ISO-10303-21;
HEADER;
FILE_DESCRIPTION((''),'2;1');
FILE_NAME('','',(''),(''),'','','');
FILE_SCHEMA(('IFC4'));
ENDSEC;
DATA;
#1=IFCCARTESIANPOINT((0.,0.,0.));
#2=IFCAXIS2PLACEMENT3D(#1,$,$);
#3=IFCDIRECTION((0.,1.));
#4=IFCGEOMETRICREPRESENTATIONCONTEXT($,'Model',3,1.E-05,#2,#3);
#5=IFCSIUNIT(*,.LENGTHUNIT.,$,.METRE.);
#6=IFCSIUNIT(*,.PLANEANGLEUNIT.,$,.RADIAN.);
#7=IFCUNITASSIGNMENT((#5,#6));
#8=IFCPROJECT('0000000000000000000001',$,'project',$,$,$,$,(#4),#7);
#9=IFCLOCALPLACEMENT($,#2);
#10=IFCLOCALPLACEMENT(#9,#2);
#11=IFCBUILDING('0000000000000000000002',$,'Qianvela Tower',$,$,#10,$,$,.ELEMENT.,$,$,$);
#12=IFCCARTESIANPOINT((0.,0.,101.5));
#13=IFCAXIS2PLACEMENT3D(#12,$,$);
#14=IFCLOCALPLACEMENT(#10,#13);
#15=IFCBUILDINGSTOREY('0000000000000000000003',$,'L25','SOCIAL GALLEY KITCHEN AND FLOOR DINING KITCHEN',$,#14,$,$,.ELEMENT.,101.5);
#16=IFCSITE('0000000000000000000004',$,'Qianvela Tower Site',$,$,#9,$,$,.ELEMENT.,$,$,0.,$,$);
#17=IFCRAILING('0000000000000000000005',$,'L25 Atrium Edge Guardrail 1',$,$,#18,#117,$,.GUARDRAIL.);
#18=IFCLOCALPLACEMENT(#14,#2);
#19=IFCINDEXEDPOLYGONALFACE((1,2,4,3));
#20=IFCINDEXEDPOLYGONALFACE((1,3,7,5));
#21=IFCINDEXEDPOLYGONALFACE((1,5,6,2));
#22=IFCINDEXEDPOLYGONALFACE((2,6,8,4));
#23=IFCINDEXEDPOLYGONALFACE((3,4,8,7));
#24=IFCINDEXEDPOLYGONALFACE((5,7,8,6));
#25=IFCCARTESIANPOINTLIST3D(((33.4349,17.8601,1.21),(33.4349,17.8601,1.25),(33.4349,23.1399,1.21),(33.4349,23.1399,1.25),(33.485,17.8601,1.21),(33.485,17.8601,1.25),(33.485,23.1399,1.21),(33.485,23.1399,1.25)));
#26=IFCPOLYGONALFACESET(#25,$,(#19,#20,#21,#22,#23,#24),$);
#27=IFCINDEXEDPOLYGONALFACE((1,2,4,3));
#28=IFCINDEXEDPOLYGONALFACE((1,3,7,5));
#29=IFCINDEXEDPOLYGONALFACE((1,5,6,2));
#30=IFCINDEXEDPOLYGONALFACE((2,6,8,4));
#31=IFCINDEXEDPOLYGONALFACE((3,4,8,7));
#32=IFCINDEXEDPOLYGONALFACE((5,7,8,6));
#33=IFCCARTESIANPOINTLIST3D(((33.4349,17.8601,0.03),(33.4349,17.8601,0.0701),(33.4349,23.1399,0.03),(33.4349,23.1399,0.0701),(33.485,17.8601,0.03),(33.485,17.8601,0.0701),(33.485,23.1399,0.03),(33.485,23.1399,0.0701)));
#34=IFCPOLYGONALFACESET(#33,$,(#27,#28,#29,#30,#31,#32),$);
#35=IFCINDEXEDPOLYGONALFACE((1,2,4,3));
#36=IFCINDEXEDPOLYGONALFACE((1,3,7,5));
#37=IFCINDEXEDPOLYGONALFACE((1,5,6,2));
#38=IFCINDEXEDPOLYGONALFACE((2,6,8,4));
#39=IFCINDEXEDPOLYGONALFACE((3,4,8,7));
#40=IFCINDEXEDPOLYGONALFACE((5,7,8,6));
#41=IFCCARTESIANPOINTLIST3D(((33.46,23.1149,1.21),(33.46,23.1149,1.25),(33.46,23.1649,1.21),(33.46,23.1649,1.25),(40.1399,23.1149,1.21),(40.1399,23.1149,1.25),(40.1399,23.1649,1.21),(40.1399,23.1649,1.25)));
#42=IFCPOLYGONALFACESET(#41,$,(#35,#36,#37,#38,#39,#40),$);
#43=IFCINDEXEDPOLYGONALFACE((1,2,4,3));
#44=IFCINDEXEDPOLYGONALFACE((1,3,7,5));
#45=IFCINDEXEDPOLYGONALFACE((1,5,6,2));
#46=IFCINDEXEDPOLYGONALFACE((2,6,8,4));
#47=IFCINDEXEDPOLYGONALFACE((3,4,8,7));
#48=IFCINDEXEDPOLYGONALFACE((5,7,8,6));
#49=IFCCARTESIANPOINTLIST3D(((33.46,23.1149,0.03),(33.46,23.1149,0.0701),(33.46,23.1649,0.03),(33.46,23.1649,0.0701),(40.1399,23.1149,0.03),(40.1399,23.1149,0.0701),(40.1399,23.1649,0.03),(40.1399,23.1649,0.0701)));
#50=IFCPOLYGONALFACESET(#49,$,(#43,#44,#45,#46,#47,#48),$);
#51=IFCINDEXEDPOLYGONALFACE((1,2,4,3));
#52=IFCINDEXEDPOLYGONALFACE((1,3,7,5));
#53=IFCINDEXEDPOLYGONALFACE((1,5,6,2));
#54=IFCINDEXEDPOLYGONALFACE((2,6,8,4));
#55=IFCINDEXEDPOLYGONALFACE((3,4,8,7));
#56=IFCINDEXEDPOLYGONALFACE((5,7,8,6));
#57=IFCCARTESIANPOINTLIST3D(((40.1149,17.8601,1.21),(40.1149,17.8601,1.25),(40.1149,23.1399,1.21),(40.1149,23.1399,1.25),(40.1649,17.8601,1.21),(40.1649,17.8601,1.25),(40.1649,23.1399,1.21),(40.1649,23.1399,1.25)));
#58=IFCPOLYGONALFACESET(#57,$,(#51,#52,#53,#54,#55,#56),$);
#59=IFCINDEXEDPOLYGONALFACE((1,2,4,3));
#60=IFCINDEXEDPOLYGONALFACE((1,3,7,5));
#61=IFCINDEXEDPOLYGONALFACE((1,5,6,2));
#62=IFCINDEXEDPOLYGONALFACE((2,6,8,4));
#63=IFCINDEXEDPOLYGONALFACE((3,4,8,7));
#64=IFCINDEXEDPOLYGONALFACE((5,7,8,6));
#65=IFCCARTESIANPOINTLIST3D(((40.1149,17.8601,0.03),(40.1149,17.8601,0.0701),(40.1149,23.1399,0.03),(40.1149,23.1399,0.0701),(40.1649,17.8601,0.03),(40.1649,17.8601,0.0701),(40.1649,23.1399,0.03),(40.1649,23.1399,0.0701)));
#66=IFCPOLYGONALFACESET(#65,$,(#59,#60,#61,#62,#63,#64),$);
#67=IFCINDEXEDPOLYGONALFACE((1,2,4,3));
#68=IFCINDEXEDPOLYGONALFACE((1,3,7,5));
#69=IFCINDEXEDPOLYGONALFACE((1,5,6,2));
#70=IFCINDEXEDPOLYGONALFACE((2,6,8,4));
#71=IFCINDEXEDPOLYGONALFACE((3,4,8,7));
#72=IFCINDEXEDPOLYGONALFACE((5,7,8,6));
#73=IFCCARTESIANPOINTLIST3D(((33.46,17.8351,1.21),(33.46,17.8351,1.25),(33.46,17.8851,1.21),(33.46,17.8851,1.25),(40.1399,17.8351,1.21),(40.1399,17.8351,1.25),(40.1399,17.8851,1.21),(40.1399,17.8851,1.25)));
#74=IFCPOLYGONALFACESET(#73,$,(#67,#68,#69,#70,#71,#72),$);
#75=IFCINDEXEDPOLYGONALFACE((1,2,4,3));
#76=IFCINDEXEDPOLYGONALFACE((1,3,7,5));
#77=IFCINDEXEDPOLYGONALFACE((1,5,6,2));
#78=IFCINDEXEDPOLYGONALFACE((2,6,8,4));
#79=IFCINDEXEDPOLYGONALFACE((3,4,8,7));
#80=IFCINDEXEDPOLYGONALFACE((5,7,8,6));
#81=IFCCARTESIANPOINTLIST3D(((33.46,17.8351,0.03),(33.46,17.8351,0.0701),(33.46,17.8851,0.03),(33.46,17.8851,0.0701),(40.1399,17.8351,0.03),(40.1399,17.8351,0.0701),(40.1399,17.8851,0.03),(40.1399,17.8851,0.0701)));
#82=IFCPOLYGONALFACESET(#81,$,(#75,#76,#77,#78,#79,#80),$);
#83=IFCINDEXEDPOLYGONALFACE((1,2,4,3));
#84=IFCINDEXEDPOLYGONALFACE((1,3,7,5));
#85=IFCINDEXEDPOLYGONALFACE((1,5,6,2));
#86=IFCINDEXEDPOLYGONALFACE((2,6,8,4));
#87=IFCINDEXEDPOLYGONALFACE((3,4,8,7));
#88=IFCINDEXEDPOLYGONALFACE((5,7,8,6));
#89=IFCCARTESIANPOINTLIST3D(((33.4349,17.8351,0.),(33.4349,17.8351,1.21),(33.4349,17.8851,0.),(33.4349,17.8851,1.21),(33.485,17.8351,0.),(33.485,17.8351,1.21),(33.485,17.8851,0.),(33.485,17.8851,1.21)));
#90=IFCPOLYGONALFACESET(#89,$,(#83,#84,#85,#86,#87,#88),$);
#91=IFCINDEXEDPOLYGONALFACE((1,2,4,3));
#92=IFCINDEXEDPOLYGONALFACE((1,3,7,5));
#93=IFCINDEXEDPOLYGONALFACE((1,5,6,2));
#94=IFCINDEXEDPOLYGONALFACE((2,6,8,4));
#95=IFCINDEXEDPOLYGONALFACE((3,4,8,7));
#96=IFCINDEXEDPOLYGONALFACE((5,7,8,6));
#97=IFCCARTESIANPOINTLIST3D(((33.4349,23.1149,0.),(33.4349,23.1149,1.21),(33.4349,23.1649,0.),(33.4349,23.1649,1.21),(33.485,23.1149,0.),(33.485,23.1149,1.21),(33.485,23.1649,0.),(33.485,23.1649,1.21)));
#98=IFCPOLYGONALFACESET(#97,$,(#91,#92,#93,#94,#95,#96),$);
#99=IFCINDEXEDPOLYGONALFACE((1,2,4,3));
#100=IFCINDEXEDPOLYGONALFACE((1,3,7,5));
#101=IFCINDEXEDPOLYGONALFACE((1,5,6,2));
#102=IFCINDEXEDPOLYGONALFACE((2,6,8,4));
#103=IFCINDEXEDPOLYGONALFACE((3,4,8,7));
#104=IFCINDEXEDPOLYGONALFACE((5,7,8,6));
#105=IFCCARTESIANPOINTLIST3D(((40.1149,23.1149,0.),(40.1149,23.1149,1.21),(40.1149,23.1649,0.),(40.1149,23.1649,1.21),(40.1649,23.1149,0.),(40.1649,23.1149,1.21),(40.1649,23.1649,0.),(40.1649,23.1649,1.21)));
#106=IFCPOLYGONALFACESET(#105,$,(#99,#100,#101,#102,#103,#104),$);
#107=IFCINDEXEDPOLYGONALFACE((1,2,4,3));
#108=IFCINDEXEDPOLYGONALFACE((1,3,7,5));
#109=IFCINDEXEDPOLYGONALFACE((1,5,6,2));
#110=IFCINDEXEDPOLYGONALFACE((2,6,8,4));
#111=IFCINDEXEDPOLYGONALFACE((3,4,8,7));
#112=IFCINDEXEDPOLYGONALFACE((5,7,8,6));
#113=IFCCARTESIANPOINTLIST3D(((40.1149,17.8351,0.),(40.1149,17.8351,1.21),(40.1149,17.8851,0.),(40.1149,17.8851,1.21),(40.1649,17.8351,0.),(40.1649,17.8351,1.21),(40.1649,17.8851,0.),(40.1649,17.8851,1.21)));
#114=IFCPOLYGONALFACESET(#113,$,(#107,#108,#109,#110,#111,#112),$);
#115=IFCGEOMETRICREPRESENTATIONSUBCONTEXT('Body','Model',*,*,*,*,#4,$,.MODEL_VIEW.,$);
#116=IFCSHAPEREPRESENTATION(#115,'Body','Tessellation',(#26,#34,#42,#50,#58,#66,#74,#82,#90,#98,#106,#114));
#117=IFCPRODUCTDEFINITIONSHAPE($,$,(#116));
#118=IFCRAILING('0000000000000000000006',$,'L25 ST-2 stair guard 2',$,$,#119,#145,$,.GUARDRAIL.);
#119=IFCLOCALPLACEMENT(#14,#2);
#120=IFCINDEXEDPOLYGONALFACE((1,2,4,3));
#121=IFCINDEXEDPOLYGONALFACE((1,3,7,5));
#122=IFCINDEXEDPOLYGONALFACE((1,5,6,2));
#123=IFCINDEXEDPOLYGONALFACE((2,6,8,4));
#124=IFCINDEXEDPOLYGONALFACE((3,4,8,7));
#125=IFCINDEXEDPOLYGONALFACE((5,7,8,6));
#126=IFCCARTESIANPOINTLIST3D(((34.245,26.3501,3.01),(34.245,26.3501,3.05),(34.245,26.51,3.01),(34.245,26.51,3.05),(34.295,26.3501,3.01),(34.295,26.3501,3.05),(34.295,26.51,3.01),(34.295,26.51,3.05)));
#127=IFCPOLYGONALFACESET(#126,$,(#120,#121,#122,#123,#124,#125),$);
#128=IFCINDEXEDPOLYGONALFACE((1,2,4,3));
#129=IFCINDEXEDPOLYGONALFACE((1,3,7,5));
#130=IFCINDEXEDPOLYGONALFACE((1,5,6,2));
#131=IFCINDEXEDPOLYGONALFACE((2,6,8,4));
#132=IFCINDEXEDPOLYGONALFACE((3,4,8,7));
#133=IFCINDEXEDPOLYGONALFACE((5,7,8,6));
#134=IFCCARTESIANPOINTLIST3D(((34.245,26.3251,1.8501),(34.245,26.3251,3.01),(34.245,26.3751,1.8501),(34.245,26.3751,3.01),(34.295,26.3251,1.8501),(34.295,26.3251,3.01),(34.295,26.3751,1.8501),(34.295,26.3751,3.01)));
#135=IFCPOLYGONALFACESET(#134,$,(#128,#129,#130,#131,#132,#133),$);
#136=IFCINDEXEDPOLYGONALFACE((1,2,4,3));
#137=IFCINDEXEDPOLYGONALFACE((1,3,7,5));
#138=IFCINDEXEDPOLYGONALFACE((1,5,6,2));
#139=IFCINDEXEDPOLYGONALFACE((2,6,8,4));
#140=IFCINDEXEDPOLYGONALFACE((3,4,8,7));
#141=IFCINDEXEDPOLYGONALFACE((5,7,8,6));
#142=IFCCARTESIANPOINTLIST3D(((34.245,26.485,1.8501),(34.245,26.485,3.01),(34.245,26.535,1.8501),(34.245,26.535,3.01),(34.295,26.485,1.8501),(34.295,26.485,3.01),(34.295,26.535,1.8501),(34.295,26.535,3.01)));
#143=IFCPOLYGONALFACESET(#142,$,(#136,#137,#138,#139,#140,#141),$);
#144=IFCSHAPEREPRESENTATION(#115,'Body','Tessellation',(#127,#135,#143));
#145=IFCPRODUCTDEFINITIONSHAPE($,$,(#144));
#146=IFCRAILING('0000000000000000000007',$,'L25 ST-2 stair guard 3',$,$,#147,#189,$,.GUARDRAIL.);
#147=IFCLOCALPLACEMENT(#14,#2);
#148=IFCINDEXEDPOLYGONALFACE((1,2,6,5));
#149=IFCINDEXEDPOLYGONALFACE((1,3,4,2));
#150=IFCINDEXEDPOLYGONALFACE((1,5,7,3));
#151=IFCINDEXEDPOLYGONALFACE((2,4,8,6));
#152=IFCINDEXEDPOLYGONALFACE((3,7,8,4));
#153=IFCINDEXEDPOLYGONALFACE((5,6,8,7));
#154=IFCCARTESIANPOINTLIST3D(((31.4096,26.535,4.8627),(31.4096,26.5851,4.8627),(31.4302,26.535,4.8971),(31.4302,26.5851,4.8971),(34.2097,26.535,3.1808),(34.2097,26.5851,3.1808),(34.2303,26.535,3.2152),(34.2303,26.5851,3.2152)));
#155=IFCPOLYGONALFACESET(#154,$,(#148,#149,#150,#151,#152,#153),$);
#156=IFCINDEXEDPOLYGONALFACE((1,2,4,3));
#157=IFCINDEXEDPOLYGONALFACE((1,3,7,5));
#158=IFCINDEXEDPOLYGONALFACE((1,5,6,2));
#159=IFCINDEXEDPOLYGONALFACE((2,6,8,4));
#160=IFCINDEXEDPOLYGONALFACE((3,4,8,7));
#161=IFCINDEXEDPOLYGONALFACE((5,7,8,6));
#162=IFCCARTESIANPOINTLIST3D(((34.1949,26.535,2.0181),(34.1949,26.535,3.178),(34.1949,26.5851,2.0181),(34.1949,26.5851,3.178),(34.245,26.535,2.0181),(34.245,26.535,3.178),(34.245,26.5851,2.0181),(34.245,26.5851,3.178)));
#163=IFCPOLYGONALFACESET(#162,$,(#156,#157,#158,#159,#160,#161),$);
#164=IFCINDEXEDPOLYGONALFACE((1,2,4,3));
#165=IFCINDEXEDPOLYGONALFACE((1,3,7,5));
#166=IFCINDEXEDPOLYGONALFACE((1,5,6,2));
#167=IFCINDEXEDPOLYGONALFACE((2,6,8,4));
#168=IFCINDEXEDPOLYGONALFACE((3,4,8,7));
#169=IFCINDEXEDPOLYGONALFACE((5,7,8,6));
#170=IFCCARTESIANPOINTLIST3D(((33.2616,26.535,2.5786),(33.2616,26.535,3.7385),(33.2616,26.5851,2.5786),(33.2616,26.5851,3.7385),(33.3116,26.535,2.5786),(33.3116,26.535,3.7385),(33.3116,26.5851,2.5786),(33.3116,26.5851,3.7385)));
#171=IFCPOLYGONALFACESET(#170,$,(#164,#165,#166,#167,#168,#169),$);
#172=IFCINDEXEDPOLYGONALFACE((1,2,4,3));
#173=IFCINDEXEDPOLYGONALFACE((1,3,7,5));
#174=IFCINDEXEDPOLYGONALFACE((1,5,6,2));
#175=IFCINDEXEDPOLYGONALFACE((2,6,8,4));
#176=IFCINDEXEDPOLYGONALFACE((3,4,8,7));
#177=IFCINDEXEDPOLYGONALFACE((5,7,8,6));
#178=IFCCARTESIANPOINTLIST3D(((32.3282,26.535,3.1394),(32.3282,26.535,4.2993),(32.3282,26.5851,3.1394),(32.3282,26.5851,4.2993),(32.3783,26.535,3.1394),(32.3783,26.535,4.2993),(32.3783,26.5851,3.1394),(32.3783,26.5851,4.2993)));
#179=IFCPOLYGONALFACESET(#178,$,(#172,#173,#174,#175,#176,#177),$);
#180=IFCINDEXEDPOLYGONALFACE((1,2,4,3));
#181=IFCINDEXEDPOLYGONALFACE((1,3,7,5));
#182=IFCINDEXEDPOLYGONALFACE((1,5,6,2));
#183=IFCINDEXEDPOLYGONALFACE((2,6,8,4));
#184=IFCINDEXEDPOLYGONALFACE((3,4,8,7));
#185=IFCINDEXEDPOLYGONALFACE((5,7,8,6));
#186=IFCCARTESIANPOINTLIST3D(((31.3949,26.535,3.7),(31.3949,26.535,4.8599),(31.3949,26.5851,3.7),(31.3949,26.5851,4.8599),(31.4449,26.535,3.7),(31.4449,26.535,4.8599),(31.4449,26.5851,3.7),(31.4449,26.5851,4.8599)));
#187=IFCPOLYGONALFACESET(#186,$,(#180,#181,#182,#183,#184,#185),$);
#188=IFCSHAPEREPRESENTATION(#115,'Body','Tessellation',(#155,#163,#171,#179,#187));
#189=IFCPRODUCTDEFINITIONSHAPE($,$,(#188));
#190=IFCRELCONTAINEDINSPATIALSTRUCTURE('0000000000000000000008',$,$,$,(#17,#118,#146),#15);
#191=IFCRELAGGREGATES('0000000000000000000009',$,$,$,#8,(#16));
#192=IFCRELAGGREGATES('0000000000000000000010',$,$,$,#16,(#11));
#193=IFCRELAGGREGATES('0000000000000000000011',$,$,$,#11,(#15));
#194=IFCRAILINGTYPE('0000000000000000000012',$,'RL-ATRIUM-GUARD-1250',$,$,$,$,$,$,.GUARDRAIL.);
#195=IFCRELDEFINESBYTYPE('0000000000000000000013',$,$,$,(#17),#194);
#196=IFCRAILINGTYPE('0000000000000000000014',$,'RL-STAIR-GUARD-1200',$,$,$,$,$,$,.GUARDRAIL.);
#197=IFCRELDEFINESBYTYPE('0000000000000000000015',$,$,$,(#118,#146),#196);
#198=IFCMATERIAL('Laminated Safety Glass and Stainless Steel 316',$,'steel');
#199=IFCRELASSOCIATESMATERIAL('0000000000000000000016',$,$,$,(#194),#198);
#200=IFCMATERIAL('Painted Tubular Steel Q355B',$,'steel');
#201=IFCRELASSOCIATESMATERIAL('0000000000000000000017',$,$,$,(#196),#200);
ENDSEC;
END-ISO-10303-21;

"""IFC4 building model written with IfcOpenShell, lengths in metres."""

from ifc_helpers import new_model, si_unit, direction, frame, origin, origin_2d, place, context, subcontext, project, spatial, rectangle, extrude, material, type_object, element, save


model = new_model("IFC4")

# Units and contexts
model_context = context("Model", 3, precision=1e-05, world=origin(), true_north=direction((0.0, 1.0)))
body_context = subcontext(model_context, "Body", "Model", "MODEL_VIEW")
ifc_project = project(units=[si_unit("LENGTHUNIT", "METRE"), si_unit("PLANEANGLEUNIT", "RADIAN")], contexts=[model_context])

# Site, building, storey
site_placement = place(None, origin())
site = spatial("IfcSite", under=ifc_project, at=site_placement, Name="Qianvela Tower Site", CompositionType="ELEMENT", RefElevation=0.0)
building_placement = place(site_placement, origin())
building = spatial("IfcBuilding", under=site, at=building_placement, Name="Qianvela Tower", CompositionType="ELEMENT")
storey_placement = place(building_placement, frame((0.0, 0.0, 101.5)))
storey = spatial("IfcBuildingStorey", under=building, at=storey_placement, Name="L25", Description="SOCIAL GALLEY KITCHEN AND FLOOR DINING KITCHEN", CompositionType="ELEMENT", Elevation=101.5)

# Railings
ifc_material_1 = material(Name="Laminated Safety Glass and Stainless Steel 316", Category="steel")
railing_type_1 = type_object("IfcRailingType", Name="RL-ATRIUM-GUARD-1250", PredefinedType="GUARDRAIL", material=ifc_material_1)
railing_1_placement = place(storey_placement, frame((33.46, 17.8601, 0.0)))
element("IfcRailing", 1, at=railing_1_placement, inside=storey, type_object=railing_type_1, Name="L25 Atrium Edge Guardrail 1", PredefinedType="GUARDRAIL", context=body_context, shape_type="SweptSolid", body=[
    extrude(rectangle(XDim=0.05, YDim=0.04, at=origin_2d()), frame((0.0, 0.0, 1.23), z_axis=(0.0, 1.0, 0.0), x_axis=(-1.0, 0.0, 0.0)), (0.0, 0.0, 1.0), 5.2798),
    extrude(rectangle(XDim=0.05, YDim=0.04, at=origin_2d()), frame((0.0, 0.0, 0.05), z_axis=(0.0, 1.0, 0.0), x_axis=(-1.0, 0.0, 0.0)), (0.0, 0.0, 1.0), 5.2798),
    extrude(rectangle(XDim=0.05, YDim=0.04, at=origin_2d()), frame((0.0, 5.2798, 1.23), z_axis=(1.0, 0.0, 0.0), x_axis=(0.0, 1.0, 0.0)), (0.0, 0.0, 1.0), 6.6799),
    extrude(rectangle(XDim=0.05, YDim=0.04, at=origin_2d()), frame((0.0, 5.2798, 0.05), z_axis=(1.0, 0.0, 0.0), x_axis=(0.0, 1.0, 0.0)), (0.0, 0.0, 1.0), 6.6799),
    extrude(rectangle(XDim=0.05, YDim=0.04, at=origin_2d()), frame((6.6799, 5.2798, 1.23), z_axis=(0.0, -1.0, 0.0), x_axis=(1.0, 0.0, 0.0)), (0.0, 0.0, 1.0), 5.2798),
    extrude(rectangle(XDim=0.05, YDim=0.04, at=origin_2d()), frame((6.6799, 5.2798, 0.05), z_axis=(0.0, -1.0, 0.0), x_axis=(1.0, 0.0, 0.0)), (0.0, 0.0, 1.0), 5.2798),
    extrude(rectangle(XDim=0.05, YDim=0.04, at=origin_2d()), frame((6.6799, 0.0, 1.23), z_axis=(-1.0, 0.0, 0.0), x_axis=(0.0, -1.0, 0.0)), (0.0, 0.0, 1.0), 6.6799),
    extrude(rectangle(XDim=0.05, YDim=0.04, at=origin_2d()), frame((6.6799, 0.0, 0.05), z_axis=(-1.0, 0.0, 0.0), x_axis=(0.0, -1.0, 0.0)), (0.0, 0.0, 1.0), 6.6799),
    extrude(rectangle(XDim=0.05, YDim=0.05, at=origin_2d()), origin(), (0.0, 0.0, 1.0), 1.21),
    extrude(rectangle(XDim=0.05, YDim=0.05, at=origin_2d()), frame((0.0, 5.2798, 0.0)), (0.0, 0.0, 1.0), 1.21),
    extrude(rectangle(XDim=0.05, YDim=0.05, at=origin_2d()), frame((6.6799, 5.2798, 0.0)), (0.0, 0.0, 1.0), 1.21),
    extrude(rectangle(XDim=0.05, YDim=0.05, at=origin_2d()), frame((6.6799, 0.0, 0.0)), (0.0, 0.0, 1.0), 1.21),
])
ifc_material_2 = material(Name="Painted Tubular Steel Q355B", Category="steel")
railing_type_2 = type_object("IfcRailingType", Name="RL-STAIR-GUARD-1200", PredefinedType="GUARDRAIL", material=ifc_material_2)
railing_2_placement = place(storey_placement, frame((34.27, 26.3501, 1.8501)))
element("IfcRailing", 2, at=railing_2_placement, inside=storey, type_object=railing_type_2, Name="L25 ST-2 stair guard 2", PredefinedType="GUARDRAIL", context=body_context, shape_type="SweptSolid", body=[
    extrude(rectangle(XDim=0.05, YDim=0.04, at=origin_2d()), frame((0.0, 0.0, 1.1799), z_axis=(0.0, 1.0, 0.0), x_axis=(-1.0, 0.0, 0.0)), (0.0, 0.0, 1.0), 0.1599),
    extrude(rectangle(XDim=0.05, YDim=0.05, at=origin_2d()), origin(), (0.0, 0.0, 1.0), 1.1599),
    extrude(rectangle(XDim=0.05, YDim=0.05, at=origin_2d()), frame((0.0, 0.1599, 0.0)), (0.0, 0.0, 1.0), 1.1599),
])
railing_3_placement = place(storey_placement, frame((34.22, 26.5601, 2.0181)))
element("IfcRailing", 3, at=railing_3_placement, inside=storey, type_object=railing_type_2, Name="L25 ST-2 stair guard 3", PredefinedType="GUARDRAIL", context=body_context, shape_type="SweptSolid", body=[
    extrude(rectangle(XDim=0.05, YDim=0.04, at=origin_2d()), frame((0.0, 0.0, 1.1799), z_axis=(-0.857242, 0.0, 0.514913), x_axis=(0.0, -1.0, 0.0)), (0.0, 0.0, 1.0), 3.2664),
    extrude(rectangle(XDim=0.05, YDim=0.05, at=origin_2d()), origin(), (0.0, 0.0, 1.0), 1.1599),
    extrude(rectangle(XDim=0.05, YDim=0.05, at=origin_2d()), frame((-0.9333, 0.0, 0.5605)), (0.0, 0.0, 1.0), 1.1599),
    extrude(rectangle(XDim=0.05, YDim=0.05, at=origin_2d()), frame((-1.8667, 0.0, 1.1213)), (0.0, 0.0, 1.0), 1.1599),
    extrude(rectangle(XDim=0.05, YDim=0.05, at=origin_2d()), frame((-2.8, 0.0, 1.6819)), (0.0, 0.0, 1.0), 1.1599),
])

save(model, "model.ifc")
